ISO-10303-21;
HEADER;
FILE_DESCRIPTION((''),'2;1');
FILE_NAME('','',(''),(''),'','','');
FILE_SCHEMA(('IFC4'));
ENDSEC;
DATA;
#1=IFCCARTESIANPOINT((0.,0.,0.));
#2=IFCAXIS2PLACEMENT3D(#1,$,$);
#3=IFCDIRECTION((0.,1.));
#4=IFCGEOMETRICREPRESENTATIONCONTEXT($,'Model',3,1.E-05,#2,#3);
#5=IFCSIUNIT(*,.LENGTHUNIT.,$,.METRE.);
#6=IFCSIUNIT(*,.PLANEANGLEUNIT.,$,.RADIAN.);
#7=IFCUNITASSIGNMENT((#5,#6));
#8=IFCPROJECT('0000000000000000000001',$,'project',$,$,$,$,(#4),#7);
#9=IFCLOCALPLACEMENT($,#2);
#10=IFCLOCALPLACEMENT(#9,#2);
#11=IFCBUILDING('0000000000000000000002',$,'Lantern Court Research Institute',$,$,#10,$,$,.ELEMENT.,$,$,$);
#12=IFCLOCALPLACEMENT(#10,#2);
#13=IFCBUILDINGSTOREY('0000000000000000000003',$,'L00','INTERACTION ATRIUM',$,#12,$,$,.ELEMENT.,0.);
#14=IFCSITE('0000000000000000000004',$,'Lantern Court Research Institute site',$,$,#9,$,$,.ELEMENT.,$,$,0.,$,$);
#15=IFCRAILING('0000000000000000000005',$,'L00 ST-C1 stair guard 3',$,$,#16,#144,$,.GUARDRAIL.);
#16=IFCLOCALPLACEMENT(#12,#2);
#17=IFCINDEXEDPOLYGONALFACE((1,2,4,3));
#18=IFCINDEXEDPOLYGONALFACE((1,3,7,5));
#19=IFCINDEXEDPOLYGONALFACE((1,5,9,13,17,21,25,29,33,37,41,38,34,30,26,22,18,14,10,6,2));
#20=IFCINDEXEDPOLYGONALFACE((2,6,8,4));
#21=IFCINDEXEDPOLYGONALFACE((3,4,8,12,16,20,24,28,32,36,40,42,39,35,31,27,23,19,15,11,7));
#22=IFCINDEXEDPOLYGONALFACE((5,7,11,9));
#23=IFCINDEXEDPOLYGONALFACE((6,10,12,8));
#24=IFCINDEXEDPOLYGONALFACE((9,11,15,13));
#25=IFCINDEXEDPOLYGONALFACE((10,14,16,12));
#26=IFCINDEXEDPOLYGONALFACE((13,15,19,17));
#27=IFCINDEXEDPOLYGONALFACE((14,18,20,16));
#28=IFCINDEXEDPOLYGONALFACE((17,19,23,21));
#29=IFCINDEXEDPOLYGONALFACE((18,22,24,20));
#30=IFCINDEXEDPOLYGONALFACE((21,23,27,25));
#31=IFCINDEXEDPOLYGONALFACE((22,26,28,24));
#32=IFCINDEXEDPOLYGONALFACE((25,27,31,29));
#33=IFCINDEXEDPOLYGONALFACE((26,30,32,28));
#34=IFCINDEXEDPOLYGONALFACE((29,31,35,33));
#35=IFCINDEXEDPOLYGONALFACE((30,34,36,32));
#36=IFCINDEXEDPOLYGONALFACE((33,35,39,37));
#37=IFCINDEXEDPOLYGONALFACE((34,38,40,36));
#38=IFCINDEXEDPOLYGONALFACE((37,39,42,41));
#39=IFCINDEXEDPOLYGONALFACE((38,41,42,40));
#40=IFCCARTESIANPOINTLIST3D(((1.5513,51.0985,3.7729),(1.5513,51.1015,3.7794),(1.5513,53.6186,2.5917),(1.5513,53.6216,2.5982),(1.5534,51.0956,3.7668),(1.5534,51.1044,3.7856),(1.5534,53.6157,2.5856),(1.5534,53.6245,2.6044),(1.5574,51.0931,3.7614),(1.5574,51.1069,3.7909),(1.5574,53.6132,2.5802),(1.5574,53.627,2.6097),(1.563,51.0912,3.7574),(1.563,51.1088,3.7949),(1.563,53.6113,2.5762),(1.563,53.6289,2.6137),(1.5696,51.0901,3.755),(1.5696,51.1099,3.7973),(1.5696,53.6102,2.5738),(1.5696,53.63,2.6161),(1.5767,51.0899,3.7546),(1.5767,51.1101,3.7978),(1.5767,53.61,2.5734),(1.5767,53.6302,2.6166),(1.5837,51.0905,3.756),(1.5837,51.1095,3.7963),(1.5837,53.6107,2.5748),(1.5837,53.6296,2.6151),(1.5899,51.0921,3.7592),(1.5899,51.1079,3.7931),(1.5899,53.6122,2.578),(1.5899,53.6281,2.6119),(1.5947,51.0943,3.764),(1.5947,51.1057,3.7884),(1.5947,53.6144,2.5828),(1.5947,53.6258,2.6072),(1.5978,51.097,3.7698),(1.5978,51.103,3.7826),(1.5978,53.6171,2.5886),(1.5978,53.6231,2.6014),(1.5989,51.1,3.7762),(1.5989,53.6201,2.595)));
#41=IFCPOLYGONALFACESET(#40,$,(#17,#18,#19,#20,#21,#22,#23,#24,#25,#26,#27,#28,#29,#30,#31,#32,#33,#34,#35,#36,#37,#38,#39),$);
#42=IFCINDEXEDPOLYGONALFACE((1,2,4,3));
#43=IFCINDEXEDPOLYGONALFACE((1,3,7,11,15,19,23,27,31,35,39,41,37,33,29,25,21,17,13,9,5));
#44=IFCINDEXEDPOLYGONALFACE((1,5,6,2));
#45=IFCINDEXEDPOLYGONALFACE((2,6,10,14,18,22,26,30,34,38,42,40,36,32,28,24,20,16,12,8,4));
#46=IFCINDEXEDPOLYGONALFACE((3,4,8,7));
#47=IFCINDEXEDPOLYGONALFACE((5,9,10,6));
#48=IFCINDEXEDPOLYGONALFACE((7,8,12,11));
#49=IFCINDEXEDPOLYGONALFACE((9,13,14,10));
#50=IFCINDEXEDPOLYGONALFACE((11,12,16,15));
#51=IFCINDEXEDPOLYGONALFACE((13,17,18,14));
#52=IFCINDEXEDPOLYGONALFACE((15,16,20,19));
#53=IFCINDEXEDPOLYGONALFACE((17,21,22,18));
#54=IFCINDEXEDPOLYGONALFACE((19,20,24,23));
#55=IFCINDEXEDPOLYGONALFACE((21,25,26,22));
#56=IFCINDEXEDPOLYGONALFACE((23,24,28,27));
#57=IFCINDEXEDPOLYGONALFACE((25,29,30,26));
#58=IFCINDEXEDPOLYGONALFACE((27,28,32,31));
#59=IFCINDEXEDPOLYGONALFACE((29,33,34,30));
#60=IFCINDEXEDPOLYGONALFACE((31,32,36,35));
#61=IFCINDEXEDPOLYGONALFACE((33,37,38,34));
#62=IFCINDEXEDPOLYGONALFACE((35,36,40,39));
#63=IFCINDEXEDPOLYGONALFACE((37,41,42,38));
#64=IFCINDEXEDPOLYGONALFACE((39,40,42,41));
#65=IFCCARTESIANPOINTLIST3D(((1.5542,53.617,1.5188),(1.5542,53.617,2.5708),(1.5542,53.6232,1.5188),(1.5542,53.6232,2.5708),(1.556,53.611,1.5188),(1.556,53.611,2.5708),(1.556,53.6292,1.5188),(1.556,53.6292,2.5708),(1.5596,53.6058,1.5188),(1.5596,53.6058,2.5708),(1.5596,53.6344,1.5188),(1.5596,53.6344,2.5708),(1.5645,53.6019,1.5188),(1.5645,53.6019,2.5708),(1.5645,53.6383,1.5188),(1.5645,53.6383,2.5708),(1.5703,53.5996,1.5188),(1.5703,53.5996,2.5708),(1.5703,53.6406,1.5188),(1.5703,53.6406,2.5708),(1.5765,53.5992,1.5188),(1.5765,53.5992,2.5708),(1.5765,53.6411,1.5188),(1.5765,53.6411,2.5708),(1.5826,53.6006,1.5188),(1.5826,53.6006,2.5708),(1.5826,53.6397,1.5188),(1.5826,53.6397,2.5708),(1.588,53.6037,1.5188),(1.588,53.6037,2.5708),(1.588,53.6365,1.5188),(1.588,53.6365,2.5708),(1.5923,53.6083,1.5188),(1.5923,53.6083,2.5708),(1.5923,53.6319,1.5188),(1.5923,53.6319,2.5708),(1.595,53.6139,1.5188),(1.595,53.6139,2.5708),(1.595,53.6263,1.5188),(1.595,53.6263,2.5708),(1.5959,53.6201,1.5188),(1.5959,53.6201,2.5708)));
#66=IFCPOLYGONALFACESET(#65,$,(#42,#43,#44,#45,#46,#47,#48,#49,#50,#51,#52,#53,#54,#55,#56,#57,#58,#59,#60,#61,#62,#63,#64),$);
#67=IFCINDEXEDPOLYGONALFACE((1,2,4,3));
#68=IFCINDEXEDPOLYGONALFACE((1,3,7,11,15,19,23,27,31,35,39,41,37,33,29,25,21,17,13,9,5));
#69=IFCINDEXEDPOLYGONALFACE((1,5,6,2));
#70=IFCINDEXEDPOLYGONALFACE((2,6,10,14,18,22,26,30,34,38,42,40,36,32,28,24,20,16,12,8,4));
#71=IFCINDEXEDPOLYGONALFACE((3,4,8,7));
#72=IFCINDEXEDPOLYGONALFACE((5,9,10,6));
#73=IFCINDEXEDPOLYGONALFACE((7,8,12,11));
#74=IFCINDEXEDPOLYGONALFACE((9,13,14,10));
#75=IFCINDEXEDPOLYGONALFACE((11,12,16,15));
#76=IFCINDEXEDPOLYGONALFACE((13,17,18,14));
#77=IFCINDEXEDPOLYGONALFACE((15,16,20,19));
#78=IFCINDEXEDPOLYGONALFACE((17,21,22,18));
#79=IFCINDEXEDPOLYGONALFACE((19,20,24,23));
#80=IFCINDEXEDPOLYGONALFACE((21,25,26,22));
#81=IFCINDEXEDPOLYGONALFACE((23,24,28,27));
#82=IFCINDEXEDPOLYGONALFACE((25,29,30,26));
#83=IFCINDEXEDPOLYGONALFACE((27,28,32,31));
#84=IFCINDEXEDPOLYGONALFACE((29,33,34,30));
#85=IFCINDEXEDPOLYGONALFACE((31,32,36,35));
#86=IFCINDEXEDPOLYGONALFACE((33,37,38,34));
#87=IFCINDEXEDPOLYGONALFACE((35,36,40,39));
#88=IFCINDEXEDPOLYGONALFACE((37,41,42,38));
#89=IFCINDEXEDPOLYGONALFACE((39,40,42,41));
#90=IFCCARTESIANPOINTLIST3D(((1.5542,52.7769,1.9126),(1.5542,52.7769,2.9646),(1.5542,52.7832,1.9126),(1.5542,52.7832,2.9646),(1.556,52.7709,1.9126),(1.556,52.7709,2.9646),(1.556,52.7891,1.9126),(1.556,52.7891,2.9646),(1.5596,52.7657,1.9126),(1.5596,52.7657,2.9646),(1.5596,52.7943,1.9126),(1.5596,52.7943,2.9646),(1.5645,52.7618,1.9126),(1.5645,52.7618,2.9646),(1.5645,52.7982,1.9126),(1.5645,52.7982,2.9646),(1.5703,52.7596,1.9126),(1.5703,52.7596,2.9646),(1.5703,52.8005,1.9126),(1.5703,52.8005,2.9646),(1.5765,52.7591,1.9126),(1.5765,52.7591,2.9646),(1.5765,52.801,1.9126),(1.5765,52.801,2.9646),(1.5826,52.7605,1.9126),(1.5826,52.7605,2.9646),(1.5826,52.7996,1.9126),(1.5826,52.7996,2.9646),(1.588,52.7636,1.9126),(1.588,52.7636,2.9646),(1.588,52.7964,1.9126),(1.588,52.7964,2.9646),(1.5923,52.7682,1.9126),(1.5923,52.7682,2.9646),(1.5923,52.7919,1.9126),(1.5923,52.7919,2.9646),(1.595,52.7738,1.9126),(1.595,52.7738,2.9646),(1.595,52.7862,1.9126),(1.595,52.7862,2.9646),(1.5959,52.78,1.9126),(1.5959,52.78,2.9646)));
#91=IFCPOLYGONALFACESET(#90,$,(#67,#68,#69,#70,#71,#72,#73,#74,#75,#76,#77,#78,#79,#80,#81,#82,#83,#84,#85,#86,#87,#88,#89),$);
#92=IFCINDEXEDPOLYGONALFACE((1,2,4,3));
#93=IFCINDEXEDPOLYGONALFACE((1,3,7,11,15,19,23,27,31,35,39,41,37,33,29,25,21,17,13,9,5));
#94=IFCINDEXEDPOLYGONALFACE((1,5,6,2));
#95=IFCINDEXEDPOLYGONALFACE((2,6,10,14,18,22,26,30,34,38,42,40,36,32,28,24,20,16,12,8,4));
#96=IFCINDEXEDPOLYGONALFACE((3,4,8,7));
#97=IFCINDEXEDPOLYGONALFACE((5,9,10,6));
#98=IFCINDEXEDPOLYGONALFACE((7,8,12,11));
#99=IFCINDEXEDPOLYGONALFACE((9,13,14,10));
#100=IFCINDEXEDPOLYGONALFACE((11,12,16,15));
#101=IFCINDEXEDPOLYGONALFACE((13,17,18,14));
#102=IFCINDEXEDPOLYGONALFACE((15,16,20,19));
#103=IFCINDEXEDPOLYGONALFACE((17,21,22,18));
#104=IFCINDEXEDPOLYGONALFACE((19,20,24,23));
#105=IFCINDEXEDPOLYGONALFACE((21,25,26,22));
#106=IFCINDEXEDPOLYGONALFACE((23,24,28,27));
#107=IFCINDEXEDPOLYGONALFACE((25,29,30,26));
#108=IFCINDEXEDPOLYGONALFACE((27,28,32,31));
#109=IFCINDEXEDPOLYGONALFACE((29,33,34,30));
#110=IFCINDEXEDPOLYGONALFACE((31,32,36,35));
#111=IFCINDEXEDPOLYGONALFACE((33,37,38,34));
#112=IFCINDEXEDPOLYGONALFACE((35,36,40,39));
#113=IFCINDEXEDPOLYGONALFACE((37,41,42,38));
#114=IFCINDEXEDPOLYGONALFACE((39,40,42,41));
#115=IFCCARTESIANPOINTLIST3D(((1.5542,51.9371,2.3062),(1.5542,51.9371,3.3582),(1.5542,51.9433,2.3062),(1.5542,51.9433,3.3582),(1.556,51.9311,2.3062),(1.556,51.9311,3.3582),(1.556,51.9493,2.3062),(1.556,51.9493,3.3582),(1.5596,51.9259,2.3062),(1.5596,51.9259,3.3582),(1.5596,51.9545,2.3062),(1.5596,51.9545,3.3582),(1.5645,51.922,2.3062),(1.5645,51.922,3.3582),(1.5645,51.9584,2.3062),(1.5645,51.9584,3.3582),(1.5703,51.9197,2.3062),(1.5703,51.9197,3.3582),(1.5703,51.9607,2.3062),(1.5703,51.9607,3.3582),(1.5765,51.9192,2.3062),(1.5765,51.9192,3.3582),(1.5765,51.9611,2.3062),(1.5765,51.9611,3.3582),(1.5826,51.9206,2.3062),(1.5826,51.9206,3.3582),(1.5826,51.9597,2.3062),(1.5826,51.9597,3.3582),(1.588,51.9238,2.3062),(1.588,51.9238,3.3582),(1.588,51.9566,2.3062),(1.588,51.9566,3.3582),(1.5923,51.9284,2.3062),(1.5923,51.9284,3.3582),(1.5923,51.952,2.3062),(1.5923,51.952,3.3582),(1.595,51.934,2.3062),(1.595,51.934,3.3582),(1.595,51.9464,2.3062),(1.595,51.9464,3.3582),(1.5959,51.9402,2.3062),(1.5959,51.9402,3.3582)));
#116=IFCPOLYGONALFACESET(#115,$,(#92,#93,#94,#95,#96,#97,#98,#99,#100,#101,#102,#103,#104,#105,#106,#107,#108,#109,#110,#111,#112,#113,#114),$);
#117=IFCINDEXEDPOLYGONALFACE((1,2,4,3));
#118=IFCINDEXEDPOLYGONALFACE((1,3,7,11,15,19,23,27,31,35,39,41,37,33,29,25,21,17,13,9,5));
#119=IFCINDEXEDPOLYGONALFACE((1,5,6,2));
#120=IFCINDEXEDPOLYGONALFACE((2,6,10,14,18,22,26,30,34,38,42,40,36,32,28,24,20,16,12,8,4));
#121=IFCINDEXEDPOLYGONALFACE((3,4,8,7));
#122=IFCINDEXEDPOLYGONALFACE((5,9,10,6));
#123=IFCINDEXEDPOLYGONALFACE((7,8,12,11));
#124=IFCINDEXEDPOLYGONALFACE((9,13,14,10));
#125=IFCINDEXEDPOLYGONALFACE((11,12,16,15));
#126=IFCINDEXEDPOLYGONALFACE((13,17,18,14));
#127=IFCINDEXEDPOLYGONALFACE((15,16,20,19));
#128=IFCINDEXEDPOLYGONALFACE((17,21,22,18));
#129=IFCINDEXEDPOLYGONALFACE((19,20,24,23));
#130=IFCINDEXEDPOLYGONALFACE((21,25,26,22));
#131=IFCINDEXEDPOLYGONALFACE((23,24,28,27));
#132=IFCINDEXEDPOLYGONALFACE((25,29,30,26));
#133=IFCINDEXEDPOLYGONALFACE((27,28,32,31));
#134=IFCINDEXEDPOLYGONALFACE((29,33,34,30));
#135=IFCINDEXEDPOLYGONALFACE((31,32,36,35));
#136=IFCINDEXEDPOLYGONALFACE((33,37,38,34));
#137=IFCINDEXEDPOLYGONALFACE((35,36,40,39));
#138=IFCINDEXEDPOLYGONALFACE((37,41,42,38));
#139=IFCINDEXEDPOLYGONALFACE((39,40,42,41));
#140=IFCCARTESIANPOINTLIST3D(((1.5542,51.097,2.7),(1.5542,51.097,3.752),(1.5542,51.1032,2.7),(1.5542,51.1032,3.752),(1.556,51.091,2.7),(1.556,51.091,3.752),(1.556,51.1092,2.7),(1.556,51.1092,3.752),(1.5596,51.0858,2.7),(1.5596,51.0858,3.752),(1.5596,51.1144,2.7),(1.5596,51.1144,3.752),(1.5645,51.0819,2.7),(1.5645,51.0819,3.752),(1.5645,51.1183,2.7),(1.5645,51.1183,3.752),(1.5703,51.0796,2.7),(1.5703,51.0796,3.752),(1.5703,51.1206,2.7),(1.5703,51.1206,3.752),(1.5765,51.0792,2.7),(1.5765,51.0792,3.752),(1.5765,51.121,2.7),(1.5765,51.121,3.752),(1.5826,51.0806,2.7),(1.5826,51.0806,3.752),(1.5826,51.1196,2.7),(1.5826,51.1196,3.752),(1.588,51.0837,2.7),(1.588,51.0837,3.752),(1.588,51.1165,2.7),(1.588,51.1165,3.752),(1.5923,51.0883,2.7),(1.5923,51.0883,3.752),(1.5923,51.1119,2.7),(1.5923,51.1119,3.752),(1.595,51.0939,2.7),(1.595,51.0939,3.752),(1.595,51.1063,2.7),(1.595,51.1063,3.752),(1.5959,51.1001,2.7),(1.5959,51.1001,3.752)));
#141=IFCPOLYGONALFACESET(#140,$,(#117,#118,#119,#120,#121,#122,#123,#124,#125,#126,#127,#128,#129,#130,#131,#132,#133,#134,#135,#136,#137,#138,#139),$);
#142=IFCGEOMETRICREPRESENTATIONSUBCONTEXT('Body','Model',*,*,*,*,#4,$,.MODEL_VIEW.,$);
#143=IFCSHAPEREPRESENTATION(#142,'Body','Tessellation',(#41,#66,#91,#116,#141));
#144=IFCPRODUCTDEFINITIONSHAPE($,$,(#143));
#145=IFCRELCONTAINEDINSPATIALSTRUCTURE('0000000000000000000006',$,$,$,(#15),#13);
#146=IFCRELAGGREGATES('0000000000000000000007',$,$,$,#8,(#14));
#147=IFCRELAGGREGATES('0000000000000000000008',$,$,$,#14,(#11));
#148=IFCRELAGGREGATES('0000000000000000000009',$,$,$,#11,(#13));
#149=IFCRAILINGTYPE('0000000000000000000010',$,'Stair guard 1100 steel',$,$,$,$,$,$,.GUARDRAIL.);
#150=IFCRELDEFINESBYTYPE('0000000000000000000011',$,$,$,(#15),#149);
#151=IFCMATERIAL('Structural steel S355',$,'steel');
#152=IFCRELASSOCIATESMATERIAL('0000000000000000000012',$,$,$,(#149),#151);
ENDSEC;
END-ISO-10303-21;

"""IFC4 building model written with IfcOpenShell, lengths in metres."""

from ifc_helpers import new_model, si_unit, direction, frame, origin, origin_2d, place, context, subcontext, project, spatial, circle, extrude, material, type_object, element, save


model = new_model("IFC4")

# Units and contexts
model_context = context("Model", 3, precision=1e-05, world=origin(), true_north=direction((0.0, 1.0)))
body_context = subcontext(model_context, "Body", "Model", "MODEL_VIEW")
ifc_project = project(units=[si_unit("LENGTHUNIT", "METRE"), si_unit("PLANEANGLEUNIT", "RADIAN")], contexts=[model_context])

# Site, building, storey
site_placement = place(None, origin())
site = spatial("IfcSite", under=ifc_project, at=site_placement, Name="Lantern Court Research Institute site", CompositionType="ELEMENT", RefElevation=0.0)
building_placement = place(site_placement, origin())
building = spatial("IfcBuilding", under=site, at=building_placement, Name="Lantern Court Research Institute", CompositionType="ELEMENT")
storey_placement = place(building_placement, origin())
storey = spatial("IfcBuildingStorey", under=building, at=storey_placement, Name="L00", Description="INTERACTION ATRIUM", CompositionType="ELEMENT", Elevation=0.0)

# Railing
ifc_material_1 = material(Name="Structural steel S355", Category="steel")
railing_type_1 = type_object("IfcRailingType", Name="Stair guard 1100 steel", PredefinedType="GUARDRAIL", material=ifc_material_1)
railing_1_placement = place(storey_placement, frame((1.575, 53.6201, 1.5188)))
element("IfcRailing", 1, at=railing_1_placement, inside=storey, type_object=railing_type_1, Name="L00 ST-C1 stair guard 3", PredefinedType="GUARDRAIL", context=body_context, shape_type="SweptSolid", body=[
    extrude(circle(Radius=0.0239, at=origin_2d()), frame((0.0, 0.0, 1.0762), z_axis=(0.0, -0.905474, 0.424402), x_axis=(1.0, 0.0, 0.0)), (0.0, 0.0, 1.0), 2.7832),
    extrude(circle(Radius=0.021, at=origin_2d()), origin(), (0.0, 0.0, 1.0), 1.052),
    extrude(circle(Radius=0.021, at=origin_2d()), frame((0.0, -0.8401, 0.3938)), (0.0, 0.0, 1.0), 1.052),
    extrude(circle(Radius=0.021, at=origin_2d()), frame((0.0, -1.6799, 0.7874)), (0.0, 0.0, 1.0), 1.052),
    extrude(circle(Radius=0.021, at=origin_2d()), frame((0.0, -2.52, 1.1812)), (0.0, 0.0, 1.0), 1.052),
])

save(model, "model.ifc")
